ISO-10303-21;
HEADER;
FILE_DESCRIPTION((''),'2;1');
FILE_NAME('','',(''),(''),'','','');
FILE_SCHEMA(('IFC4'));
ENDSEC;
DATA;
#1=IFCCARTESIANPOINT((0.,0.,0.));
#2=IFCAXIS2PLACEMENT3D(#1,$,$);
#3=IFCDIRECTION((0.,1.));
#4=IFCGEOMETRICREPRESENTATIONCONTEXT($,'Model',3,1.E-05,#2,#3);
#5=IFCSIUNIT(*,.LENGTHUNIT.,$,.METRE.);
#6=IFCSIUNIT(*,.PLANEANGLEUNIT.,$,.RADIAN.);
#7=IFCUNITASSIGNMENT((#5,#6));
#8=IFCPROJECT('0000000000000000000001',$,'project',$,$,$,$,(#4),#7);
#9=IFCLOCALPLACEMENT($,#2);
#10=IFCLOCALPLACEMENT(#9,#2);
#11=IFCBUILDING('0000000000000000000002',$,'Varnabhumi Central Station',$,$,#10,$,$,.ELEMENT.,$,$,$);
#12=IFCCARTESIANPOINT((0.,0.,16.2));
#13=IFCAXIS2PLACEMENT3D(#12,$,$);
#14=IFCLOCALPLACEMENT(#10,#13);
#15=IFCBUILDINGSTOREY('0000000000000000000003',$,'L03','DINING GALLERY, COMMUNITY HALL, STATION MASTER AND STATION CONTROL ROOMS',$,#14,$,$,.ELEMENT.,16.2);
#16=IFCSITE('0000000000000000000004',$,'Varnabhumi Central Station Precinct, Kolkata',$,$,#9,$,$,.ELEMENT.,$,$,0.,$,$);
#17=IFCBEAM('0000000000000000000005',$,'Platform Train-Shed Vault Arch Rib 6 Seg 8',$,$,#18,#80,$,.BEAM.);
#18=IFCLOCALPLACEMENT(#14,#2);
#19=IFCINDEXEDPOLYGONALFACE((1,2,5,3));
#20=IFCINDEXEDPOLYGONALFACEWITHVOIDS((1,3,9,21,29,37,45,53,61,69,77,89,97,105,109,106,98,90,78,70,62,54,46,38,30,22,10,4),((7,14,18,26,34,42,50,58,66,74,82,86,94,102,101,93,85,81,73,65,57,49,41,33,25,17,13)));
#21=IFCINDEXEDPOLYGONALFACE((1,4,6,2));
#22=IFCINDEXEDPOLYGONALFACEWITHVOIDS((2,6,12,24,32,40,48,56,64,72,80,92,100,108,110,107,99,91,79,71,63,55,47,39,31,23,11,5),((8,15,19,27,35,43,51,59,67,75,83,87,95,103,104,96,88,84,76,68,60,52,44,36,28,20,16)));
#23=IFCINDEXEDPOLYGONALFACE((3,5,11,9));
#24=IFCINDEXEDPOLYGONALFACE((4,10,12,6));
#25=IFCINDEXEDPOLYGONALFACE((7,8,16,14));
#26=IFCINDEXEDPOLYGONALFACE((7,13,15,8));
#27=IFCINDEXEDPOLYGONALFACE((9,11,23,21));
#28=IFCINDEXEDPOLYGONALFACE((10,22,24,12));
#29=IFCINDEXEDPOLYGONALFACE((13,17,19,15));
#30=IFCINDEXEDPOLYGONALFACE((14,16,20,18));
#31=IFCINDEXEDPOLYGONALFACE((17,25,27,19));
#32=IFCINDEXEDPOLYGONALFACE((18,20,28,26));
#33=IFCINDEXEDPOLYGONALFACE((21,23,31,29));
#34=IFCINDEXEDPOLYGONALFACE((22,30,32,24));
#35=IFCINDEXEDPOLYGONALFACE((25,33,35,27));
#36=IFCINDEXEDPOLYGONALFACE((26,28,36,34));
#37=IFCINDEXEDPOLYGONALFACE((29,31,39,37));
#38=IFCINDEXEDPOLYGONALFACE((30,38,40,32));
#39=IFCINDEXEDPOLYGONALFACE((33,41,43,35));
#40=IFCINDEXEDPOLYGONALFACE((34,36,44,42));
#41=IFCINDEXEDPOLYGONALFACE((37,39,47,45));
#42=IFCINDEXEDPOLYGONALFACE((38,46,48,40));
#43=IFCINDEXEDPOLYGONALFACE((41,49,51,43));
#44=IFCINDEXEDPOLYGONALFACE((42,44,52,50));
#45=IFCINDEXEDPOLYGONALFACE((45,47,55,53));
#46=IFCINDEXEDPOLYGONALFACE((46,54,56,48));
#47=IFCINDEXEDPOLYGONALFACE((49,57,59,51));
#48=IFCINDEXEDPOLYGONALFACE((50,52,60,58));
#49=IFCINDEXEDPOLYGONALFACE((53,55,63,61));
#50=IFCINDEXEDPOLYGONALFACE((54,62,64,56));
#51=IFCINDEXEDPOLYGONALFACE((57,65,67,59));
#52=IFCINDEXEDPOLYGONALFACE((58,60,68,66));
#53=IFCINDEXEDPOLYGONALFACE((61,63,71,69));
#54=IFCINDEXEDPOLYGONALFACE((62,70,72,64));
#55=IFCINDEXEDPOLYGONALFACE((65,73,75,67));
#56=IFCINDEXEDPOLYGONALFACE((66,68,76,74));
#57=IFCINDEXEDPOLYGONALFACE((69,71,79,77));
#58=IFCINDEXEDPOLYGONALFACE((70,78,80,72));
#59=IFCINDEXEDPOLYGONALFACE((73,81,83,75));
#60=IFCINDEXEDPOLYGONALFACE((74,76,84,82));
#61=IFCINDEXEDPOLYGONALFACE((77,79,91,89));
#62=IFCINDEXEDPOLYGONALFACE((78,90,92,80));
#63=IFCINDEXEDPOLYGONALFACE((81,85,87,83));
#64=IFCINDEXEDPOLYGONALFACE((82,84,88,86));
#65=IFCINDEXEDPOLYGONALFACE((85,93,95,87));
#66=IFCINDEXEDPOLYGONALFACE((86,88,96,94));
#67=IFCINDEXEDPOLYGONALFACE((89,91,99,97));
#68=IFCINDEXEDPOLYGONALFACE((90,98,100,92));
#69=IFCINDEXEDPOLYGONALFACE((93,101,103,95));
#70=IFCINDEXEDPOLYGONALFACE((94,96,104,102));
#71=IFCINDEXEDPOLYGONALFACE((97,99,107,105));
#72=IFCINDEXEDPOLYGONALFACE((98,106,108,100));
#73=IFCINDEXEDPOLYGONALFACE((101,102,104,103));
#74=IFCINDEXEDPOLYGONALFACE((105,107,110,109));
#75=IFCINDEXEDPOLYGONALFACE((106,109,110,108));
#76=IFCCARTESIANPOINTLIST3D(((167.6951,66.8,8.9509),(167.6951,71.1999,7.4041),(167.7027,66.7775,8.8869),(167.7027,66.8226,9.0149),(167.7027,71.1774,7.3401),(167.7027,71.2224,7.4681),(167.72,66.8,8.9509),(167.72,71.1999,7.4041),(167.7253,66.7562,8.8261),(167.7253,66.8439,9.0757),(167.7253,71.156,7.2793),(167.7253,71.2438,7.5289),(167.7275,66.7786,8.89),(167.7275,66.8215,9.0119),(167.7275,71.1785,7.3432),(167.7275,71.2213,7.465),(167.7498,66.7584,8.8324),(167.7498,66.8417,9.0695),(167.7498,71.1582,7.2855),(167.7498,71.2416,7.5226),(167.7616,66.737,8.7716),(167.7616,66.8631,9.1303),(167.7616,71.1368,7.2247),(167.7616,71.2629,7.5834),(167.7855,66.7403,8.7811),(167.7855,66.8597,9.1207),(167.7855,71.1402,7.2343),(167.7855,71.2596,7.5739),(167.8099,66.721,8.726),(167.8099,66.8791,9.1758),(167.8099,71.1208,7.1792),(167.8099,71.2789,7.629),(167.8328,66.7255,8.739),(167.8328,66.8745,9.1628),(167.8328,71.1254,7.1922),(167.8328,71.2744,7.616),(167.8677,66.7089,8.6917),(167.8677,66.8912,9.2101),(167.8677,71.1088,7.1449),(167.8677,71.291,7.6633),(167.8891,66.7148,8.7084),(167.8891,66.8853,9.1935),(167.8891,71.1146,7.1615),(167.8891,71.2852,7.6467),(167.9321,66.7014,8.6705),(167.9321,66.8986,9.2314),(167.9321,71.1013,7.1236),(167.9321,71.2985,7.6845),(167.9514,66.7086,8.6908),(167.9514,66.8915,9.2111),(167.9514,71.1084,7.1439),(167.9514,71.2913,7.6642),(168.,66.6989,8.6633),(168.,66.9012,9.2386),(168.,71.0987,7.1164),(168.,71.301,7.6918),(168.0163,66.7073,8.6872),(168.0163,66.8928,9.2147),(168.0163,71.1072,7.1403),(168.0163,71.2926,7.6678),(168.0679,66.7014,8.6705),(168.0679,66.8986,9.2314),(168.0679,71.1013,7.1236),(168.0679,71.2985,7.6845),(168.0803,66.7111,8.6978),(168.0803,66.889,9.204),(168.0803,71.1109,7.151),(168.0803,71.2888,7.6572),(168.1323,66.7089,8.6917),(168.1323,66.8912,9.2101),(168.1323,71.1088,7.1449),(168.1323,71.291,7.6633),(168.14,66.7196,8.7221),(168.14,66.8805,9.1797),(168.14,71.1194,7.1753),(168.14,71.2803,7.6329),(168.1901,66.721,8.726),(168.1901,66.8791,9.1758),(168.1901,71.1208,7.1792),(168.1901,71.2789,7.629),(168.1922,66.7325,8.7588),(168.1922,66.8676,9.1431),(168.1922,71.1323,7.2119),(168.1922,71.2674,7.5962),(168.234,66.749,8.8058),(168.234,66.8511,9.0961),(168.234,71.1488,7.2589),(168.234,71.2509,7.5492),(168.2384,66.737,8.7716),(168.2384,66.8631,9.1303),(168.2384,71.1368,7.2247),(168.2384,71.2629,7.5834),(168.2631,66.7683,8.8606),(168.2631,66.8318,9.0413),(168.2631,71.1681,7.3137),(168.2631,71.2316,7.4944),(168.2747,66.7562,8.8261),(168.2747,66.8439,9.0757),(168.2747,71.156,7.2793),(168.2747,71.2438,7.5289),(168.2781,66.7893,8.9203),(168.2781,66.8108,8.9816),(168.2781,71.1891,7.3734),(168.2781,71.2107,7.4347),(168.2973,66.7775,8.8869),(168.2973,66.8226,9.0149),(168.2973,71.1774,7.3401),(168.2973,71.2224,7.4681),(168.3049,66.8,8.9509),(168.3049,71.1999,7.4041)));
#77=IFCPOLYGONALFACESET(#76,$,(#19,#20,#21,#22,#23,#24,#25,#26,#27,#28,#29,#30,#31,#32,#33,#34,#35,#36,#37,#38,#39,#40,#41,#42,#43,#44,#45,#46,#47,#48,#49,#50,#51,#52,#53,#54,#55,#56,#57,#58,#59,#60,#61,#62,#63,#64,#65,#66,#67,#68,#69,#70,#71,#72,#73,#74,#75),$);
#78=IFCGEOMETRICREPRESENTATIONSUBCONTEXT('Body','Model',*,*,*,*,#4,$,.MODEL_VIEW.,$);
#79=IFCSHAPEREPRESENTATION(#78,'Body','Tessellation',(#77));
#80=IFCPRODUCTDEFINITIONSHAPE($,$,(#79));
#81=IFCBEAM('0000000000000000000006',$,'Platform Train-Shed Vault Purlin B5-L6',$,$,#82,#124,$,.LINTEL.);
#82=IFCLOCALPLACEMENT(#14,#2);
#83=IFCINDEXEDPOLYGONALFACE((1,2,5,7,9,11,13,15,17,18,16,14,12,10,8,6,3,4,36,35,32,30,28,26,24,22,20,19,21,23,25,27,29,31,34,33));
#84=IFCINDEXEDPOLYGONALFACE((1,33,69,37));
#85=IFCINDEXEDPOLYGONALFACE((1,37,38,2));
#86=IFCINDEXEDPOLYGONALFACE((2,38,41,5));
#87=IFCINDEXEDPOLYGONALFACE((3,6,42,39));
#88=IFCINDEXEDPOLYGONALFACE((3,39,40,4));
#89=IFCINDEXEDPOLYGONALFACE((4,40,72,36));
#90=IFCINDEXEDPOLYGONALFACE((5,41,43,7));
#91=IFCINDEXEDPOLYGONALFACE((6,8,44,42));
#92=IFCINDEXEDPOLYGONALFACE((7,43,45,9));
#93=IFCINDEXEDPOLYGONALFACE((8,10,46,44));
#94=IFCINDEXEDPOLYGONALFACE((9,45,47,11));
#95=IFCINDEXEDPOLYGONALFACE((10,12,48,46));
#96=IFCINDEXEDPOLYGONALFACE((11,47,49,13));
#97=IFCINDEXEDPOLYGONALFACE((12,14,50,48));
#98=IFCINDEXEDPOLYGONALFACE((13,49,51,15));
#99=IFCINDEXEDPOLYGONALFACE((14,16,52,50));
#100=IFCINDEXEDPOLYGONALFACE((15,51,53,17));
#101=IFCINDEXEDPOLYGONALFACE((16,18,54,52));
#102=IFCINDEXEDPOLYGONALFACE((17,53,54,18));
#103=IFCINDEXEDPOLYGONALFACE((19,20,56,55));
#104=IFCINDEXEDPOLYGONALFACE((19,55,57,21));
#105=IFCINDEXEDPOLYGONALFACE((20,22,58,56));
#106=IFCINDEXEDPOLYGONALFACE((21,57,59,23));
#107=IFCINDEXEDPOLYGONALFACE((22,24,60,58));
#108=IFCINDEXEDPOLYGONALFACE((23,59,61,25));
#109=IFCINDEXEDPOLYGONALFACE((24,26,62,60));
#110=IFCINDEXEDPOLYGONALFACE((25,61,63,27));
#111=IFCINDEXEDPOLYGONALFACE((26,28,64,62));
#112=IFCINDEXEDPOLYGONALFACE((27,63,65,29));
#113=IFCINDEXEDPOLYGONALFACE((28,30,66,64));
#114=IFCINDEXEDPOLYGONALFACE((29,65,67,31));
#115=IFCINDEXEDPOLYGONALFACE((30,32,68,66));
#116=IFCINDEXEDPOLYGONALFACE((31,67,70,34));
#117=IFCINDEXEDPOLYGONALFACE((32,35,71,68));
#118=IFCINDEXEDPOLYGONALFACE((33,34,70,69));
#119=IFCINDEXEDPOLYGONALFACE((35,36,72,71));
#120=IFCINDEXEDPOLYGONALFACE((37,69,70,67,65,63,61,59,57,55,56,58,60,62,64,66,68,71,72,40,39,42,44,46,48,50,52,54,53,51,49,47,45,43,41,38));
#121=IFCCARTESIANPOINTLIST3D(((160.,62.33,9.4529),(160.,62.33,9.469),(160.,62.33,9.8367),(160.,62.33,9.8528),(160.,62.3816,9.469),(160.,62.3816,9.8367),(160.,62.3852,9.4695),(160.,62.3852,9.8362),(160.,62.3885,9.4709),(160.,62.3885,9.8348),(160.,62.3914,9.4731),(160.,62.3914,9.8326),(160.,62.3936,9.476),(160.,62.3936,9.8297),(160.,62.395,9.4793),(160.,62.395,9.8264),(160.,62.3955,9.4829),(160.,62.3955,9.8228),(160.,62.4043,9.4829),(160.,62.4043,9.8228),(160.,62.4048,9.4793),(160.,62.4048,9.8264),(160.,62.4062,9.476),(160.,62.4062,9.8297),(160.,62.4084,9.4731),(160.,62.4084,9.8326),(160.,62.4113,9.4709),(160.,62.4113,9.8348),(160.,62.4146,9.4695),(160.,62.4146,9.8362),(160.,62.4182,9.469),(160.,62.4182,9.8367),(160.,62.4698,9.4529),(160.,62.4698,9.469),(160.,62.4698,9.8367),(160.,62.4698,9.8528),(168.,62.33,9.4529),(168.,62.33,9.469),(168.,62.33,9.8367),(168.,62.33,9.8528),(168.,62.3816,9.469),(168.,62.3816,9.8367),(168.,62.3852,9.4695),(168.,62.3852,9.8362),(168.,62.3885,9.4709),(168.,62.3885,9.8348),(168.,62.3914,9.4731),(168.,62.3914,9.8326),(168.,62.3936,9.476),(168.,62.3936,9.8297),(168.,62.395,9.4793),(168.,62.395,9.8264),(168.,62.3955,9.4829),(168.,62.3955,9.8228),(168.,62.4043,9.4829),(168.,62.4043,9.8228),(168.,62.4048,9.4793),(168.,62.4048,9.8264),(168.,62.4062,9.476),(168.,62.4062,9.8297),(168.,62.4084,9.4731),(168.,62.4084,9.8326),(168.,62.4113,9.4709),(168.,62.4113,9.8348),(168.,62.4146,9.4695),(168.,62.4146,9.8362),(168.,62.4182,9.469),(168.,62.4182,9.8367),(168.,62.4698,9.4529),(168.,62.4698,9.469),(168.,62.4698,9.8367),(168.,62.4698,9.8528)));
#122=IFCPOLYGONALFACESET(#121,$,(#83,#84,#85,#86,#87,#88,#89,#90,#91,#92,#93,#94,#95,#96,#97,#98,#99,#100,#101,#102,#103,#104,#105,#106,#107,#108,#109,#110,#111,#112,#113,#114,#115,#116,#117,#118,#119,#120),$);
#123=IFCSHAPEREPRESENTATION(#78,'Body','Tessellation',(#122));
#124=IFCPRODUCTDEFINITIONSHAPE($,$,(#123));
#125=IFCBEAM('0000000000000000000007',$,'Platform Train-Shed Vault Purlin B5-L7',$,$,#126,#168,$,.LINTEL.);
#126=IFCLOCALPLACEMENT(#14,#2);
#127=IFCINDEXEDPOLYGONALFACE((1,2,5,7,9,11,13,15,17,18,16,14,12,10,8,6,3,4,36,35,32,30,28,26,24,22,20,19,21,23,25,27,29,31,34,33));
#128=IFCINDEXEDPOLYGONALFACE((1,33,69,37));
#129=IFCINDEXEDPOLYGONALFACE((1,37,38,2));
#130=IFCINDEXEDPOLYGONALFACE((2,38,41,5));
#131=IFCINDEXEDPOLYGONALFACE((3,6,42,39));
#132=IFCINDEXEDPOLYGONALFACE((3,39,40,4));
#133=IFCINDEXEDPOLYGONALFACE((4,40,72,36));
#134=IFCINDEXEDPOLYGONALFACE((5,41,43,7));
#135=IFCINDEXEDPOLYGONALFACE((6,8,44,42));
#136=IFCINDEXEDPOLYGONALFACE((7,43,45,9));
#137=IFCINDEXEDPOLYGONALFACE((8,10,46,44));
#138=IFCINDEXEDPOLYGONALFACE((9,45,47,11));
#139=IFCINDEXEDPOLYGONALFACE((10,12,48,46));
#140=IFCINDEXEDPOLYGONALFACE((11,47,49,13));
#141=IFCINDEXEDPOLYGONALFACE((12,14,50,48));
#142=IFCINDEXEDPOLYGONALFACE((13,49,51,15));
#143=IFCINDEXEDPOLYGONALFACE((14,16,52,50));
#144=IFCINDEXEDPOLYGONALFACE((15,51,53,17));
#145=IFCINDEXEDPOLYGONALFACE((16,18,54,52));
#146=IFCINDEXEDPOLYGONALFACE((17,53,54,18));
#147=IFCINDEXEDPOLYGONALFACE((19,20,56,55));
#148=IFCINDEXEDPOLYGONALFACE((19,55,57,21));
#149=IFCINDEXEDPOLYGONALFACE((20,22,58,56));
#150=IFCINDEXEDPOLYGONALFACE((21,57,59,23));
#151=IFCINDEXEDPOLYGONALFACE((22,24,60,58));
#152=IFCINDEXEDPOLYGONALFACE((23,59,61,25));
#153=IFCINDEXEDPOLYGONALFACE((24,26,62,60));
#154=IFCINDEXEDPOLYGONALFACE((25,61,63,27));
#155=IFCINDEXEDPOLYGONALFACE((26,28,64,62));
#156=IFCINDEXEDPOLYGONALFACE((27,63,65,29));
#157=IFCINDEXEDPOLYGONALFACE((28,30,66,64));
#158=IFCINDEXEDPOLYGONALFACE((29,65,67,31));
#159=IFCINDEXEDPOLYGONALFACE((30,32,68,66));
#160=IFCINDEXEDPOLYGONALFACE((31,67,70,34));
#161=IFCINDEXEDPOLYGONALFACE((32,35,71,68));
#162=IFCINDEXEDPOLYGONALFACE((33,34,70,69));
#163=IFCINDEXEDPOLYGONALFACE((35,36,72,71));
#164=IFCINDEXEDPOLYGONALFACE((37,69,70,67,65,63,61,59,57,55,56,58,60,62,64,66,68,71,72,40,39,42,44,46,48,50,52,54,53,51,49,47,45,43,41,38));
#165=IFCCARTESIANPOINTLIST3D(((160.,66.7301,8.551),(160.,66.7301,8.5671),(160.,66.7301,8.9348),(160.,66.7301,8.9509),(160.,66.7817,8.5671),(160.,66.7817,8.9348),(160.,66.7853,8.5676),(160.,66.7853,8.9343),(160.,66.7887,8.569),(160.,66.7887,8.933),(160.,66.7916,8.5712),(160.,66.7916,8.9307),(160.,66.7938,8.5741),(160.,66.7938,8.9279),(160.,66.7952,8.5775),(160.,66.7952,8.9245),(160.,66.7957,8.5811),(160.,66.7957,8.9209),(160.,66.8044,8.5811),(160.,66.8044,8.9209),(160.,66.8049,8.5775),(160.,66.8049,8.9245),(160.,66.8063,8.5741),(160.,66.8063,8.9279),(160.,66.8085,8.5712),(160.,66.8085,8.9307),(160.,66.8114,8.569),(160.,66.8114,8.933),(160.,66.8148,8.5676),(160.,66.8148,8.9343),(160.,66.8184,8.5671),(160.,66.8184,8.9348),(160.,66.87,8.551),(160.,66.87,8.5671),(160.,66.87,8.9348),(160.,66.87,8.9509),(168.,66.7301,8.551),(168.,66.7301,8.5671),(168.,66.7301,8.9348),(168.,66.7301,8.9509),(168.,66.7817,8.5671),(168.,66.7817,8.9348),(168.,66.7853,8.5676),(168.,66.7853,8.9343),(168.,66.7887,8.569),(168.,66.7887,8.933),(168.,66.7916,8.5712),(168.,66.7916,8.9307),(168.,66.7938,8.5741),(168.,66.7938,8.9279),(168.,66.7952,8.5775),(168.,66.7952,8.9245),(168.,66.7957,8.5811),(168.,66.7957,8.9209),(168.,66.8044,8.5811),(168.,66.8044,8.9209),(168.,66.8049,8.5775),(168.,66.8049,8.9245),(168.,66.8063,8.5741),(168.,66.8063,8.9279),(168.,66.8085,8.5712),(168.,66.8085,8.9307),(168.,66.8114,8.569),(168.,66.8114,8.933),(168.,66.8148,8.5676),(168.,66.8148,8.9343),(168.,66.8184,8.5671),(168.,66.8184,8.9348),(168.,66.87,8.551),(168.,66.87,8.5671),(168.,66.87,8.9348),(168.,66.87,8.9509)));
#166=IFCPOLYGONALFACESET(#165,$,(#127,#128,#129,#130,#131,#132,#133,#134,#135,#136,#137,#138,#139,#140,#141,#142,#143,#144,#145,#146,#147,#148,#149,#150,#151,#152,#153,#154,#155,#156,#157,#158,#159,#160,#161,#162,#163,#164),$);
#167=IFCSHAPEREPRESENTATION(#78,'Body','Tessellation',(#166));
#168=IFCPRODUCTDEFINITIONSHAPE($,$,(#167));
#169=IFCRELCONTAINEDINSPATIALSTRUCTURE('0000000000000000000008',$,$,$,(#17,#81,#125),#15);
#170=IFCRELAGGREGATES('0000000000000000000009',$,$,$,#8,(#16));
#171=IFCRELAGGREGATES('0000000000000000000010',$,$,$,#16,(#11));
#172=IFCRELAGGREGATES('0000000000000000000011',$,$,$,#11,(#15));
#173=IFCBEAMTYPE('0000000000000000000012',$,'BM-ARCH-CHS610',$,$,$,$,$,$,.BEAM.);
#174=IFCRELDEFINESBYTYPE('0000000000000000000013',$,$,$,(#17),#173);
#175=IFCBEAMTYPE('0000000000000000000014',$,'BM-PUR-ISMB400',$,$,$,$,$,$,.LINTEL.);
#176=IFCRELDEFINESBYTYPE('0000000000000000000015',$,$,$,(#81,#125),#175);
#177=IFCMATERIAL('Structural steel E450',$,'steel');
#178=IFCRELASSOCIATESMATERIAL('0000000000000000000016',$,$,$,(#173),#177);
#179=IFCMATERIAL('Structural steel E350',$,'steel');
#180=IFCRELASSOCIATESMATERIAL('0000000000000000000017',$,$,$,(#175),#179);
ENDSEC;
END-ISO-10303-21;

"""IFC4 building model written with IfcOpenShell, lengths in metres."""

from ifc_helpers import new_model, si_unit, direction, frame, origin, origin_2d, place, context, subcontext, project, spatial, hollow_circle, i_section, extrude, material, material_profile, profile_set, type_object, element, save


model = new_model("IFC4")

# Units and contexts
model_context = context("Model", 3, precision=1e-05, world=origin(), true_north=direction((0.0, 1.0)))
body_context = subcontext(model_context, "Body", "Model", "MODEL_VIEW")
ifc_project = project(units=[si_unit("LENGTHUNIT", "METRE"), si_unit("PLANEANGLEUNIT", "RADIAN")], contexts=[model_context])

# Site, building, storey
site_placement = place(None, origin())
site = spatial("IfcSite", under=ifc_project, at=site_placement, Name="Varnabhumi Central Station Precinct, Kolkata", CompositionType="ELEMENT", RefElevation=0.0)
building_placement = place(site_placement, origin())
building = spatial("IfcBuilding", under=site, at=building_placement, Name="Varnabhumi Central Station", CompositionType="ELEMENT")
storey_placement = place(building_placement, frame((0.0, 0.0, 16.2)))
storey = spatial("IfcBuildingStorey", under=building, at=storey_placement, Name="L03", Description="DINING GALLERY, COMMUNITY HALL, STATION MASTER AND STATION CONTROL ROOMS", CompositionType="ELEMENT", Elevation=16.2)

# Beams
ifc_material_1 = material(Name="Structural steel E450", Category="steel")
ifc_material_profile_1 = material_profile(ifc_material_1, hollow_circle(Radius=0.3049, WallThickness=0.0249, at=origin_2d()), Name="Structural steel E450", Category="steel")
ifc_profile_set_1 = profile_set([ifc_material_profile_1], Name="Structural steel E450")
beam_type_1 = type_object("IfcBeamType", Name="BM-ARCH-CHS610", PredefinedType="BEAM", material=ifc_profile_set_1)
beam_1_placement = place(storey_placement, frame((168.0, 66.8, 8.9509), z_axis=(0.0, 0.943396, -0.33167), x_axis=(-1.0, 0.0, 0.0)))
element("IfcBeam", 1, at=beam_1_placement, inside=storey, type_object=beam_type_1, Name="Platform Train-Shed Vault Arch Rib 6 Seg 8", PredefinedType="BEAM", context=body_context, shape_type="SweptSolid", body=[
    extrude(hollow_circle(Radius=0.3049, WallThickness=0.0249, at=origin_2d()), origin(), (0.0, 0.0, 1.0), 4.6638),
])
ifc_material_2 = material(Name="Structural steel E350", Category="steel")
ifc_material_profile_2 = material_profile(ifc_material_2, i_section(OverallWidth=0.1399, OverallDepth=0.3999, WebThickness=0.0088, FlangeThickness=0.0161, FilletRadius=0.0139, at=origin_2d()), Name="Structural steel E350", Category="steel")
ifc_profile_set_2 = profile_set([ifc_material_profile_2], Name="Structural steel E350")
beam_type_2 = type_object("IfcBeamType", Name="BM-PUR-ISMB400", PredefinedType="LINTEL", material=ifc_profile_set_2)
for number, where, z_axis, x_axis, name in (
    (2, (160.0, 62.3999, 9.6528), (1.0, 0.0, 0.0), (0.0, 1.0, 0.0), "Platform Train-Shed Vault Purlin B5-L6"),
    (3, (160.0, 66.8, 8.751), (1.0, 0.0, 0.0), (0.0, 1.0, 0.0), "Platform Train-Shed Vault Purlin B5-L7"),
):
    element("IfcBeam", number, at=place(storey_placement, frame(where, z_axis=z_axis, x_axis=x_axis)), inside=storey, type_object=beam_type_2, Name=name, PredefinedType="LINTEL", context=body_context, shape_type="SweptSolid", body=[
        extrude(i_section(OverallWidth=0.1399, OverallDepth=0.3999, WebThickness=0.0088, FlangeThickness=0.0161, FilletRadius=0.0139, at=origin_2d()), origin(), (0.0, 0.0, 1.0), 8.0),
    ])

save(model, "model.ifc")
